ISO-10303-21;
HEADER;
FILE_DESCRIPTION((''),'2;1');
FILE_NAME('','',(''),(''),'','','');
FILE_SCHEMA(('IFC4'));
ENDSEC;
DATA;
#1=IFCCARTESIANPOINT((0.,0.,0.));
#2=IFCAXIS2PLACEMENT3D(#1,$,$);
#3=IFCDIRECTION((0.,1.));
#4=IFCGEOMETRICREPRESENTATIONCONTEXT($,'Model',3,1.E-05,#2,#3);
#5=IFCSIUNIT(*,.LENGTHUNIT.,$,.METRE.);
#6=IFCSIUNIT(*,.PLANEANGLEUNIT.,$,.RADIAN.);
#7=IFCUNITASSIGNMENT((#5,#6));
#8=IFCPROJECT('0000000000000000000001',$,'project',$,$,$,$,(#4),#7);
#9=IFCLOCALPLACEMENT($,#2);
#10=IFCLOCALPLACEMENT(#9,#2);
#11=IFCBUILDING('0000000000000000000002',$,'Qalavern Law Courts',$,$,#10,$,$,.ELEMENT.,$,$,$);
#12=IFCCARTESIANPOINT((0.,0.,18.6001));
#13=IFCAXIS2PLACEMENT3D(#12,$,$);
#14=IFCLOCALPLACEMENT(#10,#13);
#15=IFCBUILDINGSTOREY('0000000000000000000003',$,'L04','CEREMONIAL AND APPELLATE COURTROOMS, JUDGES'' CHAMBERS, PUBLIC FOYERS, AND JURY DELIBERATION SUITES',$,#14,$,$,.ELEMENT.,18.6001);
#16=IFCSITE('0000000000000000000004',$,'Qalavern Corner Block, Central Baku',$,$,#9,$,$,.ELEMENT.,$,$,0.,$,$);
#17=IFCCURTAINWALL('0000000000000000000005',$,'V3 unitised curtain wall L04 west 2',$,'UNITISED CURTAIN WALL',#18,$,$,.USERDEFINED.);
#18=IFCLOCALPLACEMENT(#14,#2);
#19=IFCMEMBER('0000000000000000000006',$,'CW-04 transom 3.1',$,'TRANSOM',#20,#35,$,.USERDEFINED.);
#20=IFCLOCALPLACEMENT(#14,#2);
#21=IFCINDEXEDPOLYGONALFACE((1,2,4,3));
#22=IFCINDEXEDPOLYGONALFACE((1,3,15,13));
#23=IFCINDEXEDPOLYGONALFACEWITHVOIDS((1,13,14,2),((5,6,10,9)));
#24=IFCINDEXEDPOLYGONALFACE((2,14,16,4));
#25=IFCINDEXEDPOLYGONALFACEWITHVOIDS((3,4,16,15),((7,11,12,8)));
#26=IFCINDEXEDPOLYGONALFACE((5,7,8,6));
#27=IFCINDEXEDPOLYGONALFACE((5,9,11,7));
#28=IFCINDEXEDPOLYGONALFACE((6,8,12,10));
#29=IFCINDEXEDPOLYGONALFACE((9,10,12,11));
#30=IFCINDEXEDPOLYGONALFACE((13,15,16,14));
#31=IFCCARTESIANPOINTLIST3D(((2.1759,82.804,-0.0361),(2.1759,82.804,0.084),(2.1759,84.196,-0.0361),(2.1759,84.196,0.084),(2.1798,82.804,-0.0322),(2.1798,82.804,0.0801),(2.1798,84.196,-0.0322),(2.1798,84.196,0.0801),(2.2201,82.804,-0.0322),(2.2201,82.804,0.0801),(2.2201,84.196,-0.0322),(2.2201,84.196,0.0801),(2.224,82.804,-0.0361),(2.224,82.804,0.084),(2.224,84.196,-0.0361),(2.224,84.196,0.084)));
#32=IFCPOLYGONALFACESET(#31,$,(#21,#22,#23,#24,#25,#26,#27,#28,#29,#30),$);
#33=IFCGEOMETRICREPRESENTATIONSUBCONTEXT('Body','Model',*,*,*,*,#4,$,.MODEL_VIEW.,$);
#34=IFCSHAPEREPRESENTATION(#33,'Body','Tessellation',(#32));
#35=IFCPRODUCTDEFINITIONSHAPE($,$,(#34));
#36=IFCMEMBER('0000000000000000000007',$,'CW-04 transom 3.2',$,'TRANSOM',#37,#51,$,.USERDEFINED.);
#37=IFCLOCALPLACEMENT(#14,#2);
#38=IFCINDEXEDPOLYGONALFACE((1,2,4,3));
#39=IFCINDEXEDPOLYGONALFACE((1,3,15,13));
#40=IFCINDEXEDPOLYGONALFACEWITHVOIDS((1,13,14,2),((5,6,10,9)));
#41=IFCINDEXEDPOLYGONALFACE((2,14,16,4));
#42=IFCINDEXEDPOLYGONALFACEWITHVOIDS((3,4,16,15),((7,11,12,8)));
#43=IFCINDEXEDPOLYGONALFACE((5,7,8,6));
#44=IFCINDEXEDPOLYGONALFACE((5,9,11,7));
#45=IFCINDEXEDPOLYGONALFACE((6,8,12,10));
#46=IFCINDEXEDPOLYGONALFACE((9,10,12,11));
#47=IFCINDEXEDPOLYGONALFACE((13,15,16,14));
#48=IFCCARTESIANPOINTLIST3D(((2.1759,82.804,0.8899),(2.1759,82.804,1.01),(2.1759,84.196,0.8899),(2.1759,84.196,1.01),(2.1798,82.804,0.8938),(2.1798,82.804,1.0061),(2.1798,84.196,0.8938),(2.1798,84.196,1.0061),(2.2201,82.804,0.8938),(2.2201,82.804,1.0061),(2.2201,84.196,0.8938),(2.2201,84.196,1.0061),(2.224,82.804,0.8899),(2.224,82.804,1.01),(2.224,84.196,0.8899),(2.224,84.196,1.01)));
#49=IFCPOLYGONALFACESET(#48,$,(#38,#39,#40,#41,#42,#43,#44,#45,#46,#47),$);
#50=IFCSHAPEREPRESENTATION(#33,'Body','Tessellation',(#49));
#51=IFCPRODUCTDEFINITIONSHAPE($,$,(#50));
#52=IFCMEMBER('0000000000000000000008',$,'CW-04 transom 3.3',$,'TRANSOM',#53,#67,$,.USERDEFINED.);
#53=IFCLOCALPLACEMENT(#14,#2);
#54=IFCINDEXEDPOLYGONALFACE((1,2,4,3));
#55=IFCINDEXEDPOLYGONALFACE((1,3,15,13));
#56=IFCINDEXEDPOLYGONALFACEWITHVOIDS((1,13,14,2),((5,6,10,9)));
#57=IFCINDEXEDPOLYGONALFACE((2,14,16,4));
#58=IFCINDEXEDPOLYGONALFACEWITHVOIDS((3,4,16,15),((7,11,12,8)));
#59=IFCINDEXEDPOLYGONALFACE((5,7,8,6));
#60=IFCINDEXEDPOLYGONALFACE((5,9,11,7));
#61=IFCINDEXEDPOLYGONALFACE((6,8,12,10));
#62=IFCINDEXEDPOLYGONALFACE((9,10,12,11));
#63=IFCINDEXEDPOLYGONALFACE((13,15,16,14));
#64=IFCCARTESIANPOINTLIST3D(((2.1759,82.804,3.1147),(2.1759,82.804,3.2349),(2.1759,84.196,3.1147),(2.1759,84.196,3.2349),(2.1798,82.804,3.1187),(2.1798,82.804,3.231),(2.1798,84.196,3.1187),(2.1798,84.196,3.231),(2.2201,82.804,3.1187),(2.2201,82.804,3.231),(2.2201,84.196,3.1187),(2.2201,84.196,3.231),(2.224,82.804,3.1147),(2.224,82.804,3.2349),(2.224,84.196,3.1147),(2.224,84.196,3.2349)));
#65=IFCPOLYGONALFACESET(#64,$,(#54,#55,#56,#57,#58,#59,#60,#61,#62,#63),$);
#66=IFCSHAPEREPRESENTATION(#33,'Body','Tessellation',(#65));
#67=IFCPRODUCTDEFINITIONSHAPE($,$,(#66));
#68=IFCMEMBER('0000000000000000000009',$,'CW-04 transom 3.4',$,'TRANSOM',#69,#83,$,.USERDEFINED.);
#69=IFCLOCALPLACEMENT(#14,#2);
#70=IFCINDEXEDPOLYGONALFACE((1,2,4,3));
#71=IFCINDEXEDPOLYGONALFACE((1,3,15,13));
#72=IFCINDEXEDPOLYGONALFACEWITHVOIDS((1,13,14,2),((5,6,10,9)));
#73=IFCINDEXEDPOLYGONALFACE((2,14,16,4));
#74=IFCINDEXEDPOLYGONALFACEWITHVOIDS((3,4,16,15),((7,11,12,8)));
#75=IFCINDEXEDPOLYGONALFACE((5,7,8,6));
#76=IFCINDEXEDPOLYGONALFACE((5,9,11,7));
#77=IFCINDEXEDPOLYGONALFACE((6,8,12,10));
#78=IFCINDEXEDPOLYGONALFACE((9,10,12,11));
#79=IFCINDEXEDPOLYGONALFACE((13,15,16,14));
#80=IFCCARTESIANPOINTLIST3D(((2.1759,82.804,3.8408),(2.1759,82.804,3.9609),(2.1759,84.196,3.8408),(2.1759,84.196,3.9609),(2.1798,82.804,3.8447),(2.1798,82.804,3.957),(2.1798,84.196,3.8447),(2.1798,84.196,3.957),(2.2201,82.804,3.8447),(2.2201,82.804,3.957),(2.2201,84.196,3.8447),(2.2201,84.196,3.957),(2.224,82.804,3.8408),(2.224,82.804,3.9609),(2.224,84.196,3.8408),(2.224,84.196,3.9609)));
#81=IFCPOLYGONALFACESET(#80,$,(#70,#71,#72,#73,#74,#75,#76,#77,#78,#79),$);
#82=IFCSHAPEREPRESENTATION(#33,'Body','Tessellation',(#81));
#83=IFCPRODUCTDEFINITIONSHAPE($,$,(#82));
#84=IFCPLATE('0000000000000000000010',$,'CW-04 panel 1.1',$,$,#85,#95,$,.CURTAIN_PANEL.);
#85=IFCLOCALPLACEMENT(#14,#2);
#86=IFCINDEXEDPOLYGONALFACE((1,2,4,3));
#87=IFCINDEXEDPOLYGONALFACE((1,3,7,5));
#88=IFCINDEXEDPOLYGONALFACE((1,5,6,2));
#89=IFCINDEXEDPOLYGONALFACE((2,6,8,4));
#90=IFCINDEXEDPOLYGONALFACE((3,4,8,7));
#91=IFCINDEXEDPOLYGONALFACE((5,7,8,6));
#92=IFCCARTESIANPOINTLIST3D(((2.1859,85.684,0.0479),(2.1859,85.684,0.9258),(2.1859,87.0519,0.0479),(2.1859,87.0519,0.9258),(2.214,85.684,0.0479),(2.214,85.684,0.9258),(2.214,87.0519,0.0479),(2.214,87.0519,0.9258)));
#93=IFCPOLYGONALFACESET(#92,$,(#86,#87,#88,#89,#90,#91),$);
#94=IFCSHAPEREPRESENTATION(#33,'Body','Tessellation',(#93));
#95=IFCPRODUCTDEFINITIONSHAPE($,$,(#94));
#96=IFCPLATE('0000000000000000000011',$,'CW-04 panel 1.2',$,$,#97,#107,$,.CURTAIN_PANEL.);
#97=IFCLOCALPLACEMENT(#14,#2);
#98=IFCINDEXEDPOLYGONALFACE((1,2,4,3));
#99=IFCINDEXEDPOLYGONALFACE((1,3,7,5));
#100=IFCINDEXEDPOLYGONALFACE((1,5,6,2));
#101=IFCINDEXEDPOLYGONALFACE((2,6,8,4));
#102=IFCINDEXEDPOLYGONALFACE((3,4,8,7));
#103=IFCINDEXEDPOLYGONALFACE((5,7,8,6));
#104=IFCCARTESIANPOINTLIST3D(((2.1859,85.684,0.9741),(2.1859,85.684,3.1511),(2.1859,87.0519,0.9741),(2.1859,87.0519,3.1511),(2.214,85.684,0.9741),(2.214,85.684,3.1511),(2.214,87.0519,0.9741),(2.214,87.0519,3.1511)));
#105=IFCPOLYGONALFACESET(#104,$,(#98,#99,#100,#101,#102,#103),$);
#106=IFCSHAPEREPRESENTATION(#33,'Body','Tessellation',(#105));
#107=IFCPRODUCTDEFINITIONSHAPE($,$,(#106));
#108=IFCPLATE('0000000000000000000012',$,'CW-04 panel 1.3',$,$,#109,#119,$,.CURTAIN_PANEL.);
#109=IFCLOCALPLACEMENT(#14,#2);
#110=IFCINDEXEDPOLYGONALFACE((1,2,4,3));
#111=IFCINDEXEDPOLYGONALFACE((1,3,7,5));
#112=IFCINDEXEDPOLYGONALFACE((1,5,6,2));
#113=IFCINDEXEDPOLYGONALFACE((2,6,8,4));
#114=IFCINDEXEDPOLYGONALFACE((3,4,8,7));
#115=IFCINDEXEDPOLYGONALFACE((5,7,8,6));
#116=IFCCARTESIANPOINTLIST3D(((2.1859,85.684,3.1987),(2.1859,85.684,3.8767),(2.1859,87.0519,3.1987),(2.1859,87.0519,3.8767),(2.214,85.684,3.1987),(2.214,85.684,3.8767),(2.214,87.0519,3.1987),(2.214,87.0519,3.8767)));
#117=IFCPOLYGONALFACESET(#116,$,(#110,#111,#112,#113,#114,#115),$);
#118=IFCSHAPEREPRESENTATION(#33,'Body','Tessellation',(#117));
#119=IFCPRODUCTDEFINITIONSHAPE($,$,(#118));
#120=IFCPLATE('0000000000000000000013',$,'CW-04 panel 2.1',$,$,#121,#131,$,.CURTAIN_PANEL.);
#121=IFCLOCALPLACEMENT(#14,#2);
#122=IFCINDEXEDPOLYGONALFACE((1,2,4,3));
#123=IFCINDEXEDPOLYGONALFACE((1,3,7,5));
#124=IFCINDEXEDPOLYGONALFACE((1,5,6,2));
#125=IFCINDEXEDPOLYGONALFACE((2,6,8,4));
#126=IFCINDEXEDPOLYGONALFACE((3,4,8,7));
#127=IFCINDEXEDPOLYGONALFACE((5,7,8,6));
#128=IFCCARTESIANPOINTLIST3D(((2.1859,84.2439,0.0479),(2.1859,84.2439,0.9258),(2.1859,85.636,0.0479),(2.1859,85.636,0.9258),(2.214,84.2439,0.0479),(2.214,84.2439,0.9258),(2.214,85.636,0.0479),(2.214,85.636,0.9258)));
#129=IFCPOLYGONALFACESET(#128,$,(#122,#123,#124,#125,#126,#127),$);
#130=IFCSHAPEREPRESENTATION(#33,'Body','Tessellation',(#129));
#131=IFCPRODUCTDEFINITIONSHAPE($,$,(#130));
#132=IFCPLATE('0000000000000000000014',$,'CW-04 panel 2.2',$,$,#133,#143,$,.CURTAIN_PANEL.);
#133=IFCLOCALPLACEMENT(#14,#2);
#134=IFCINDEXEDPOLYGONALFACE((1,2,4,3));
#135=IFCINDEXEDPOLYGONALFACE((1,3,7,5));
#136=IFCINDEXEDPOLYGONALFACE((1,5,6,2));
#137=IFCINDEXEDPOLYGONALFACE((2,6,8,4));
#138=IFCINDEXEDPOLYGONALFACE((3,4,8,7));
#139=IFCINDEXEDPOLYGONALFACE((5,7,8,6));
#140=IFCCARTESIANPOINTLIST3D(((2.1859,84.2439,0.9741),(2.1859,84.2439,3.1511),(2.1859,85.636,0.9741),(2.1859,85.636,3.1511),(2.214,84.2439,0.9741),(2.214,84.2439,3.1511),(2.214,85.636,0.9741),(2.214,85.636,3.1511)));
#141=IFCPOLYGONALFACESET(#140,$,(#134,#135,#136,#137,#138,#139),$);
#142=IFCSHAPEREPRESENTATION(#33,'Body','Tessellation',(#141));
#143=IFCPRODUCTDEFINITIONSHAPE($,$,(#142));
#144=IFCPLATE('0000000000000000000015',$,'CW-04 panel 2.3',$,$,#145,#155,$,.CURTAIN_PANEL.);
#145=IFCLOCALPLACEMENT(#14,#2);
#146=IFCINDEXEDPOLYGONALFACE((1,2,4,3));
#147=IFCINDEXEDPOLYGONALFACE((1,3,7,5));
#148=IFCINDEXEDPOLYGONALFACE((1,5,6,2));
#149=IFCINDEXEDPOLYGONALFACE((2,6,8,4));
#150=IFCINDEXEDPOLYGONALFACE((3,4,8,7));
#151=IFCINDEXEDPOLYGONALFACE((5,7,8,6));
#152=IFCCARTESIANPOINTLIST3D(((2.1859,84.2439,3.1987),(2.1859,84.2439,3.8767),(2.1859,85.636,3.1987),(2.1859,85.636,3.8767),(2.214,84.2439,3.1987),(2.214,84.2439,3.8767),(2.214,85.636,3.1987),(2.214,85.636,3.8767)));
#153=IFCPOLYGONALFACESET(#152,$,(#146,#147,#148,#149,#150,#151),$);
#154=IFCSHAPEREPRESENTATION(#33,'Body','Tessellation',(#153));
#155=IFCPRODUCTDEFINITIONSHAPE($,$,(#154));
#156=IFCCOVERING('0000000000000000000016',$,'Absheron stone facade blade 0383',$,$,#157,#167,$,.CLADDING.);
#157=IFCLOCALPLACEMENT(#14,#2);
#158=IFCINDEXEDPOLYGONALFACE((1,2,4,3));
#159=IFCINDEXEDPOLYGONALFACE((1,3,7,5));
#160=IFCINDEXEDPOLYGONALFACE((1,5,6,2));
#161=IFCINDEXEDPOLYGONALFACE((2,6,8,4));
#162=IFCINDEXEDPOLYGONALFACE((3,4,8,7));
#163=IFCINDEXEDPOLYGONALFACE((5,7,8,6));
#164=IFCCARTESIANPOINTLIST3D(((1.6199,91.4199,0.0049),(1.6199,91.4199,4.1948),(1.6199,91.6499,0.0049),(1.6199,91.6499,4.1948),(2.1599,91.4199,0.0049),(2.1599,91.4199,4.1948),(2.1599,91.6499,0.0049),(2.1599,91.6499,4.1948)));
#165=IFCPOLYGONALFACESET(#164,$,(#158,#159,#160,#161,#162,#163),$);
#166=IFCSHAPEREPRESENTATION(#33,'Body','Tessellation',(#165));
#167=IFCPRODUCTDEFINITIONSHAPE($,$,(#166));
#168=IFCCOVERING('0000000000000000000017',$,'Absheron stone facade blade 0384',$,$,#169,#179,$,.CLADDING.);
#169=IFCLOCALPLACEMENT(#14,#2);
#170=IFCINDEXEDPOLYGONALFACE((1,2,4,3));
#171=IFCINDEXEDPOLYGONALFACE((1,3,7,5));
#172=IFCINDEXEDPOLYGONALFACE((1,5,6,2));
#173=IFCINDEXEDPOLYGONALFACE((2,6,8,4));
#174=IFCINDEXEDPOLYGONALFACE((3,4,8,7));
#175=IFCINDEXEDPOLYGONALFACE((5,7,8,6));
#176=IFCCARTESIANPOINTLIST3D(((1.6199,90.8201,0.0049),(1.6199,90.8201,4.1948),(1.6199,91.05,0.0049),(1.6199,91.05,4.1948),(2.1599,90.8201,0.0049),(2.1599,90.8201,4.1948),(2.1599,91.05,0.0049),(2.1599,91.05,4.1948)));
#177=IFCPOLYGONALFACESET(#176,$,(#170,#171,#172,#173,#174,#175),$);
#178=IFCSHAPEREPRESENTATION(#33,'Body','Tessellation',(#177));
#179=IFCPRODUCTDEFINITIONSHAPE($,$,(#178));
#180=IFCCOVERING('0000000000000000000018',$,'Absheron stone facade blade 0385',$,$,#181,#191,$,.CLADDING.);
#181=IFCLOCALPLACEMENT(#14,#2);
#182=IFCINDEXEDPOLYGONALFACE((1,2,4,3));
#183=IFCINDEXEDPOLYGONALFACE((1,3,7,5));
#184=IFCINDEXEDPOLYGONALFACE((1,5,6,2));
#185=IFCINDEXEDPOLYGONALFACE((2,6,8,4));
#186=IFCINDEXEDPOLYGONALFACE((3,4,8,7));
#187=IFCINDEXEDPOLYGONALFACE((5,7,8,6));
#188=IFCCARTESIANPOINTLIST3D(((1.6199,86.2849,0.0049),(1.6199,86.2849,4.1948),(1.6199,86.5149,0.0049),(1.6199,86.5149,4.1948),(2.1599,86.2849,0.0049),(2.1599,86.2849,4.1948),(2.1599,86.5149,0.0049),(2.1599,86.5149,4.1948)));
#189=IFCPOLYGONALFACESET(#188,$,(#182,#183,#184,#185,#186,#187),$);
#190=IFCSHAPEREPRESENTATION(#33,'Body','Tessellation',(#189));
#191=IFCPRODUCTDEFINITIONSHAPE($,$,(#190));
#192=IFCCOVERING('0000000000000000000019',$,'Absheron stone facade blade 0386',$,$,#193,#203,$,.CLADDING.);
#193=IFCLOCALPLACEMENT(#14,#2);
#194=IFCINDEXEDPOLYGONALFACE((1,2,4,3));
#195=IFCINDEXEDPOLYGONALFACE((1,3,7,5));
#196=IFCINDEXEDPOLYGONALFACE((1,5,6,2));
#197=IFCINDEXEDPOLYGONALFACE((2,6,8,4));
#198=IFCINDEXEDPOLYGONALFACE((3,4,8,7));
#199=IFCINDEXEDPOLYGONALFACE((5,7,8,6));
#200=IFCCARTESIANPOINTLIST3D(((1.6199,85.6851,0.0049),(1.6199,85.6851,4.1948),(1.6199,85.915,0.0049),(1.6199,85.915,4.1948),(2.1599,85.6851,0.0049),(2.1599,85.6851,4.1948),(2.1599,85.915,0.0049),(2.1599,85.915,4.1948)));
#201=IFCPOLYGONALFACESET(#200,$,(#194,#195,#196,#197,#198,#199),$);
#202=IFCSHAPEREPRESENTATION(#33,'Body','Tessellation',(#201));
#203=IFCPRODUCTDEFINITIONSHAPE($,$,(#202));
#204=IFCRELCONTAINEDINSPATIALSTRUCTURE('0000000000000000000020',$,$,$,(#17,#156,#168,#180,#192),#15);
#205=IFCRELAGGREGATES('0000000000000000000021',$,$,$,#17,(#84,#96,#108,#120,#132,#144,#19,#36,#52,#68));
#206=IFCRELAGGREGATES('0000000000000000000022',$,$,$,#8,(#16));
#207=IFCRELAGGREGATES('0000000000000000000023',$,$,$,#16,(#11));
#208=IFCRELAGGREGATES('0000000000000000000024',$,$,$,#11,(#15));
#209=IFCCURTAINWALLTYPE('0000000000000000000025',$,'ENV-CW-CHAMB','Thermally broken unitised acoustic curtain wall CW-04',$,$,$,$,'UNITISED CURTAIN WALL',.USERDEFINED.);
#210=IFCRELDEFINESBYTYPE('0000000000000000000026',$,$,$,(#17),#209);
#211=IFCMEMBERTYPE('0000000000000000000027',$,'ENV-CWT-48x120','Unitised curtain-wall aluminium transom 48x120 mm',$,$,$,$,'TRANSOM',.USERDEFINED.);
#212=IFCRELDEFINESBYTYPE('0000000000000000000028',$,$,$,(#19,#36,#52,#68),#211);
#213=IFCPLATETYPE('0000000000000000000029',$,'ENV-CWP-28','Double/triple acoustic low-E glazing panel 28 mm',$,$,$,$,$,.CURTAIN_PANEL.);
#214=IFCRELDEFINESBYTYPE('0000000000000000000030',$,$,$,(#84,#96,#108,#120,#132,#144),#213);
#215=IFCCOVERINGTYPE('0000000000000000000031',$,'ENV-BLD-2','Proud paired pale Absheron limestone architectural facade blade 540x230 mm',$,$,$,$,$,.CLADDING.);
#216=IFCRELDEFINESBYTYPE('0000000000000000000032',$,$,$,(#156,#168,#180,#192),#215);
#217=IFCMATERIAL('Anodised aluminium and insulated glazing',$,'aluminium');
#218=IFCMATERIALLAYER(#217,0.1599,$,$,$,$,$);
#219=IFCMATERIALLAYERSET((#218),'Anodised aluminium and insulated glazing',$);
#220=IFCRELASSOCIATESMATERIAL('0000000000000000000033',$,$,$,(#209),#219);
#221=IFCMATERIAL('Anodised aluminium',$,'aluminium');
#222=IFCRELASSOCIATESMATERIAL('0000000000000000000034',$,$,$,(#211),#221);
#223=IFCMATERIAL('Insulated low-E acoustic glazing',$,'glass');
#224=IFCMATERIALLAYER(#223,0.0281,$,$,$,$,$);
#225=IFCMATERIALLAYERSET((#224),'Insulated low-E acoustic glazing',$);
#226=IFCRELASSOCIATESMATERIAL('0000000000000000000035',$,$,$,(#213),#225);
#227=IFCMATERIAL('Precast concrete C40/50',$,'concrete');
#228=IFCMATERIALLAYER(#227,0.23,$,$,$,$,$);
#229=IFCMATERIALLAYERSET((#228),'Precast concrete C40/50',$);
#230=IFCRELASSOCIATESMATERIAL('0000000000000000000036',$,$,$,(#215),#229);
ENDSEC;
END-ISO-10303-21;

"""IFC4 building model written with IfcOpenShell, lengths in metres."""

from ifc_helpers import new_model, si_unit, direction, frame, origin, origin_2d, place, context, subcontext, project, spatial, rectangle, hollow_rectangle, extrude, material, layer, layer_set, material_profile, profile_set, type_object, element, aggregate, save


model = new_model("IFC4")

# Units and contexts
model_context = context("Model", 3, precision=1e-05, world=origin(), true_north=direction((0.0, 1.0)))
body_context = subcontext(model_context, "Body", "Model", "MODEL_VIEW")
ifc_project = project(units=[si_unit("LENGTHUNIT", "METRE"), si_unit("PLANEANGLEUNIT", "RADIAN")], contexts=[model_context])

# Site, building, storey
site_placement = place(None, origin())
site = spatial("IfcSite", under=ifc_project, at=site_placement, Name="Qalavern Corner Block, Central Baku", CompositionType="ELEMENT", RefElevation=0.0)
building_placement = place(site_placement, origin())
building = spatial("IfcBuilding", under=site, at=building_placement, Name="Qalavern Law Courts", CompositionType="ELEMENT")
storey_placement = place(building_placement, frame((0.0, 0.0, 18.6001)))
storey = spatial("IfcBuildingStorey", under=building, at=storey_placement, Name="L04", Description="CEREMONIAL AND APPELLATE COURTROOMS, JUDGES' CHAMBERS, PUBLIC FOYERS, AND JURY DELIBERATION SUITES", CompositionType="ELEMENT", Elevation=18.6001)

# Curtain wall, members, plates
ifc_material_1 = material(Name="Anodised aluminium and insulated glazing", Category="aluminium")
ifc_layer_1 = layer(ifc_material_1, 0.1599)
ifc_layer_set_1 = layer_set([ifc_layer_1], Name="Anodised aluminium and insulated glazing")
curtain_wall_type = type_object("IfcCurtainWallType", Name="ENV-CW-CHAMB", Description="Thermally broken unitised acoustic curtain wall CW-04", ElementType="UNITISED CURTAIN WALL", PredefinedType="USERDEFINED", material=ifc_layer_set_1)
curtain_wall_placement = place(storey_placement, origin())
curtain_wall = element("IfcCurtainWall", 1, at=curtain_wall_placement, inside=storey, type_object=curtain_wall_type, Name="V3 unitised curtain wall L04 west 2", ObjectType="UNITISED CURTAIN WALL", PredefinedType="USERDEFINED")
ifc_material_2 = material(Name="Anodised aluminium", Category="aluminium")
ifc_material_profile_1 = material_profile(ifc_material_2, hollow_rectangle(XDim=0.0481, YDim=0.1201, WallThickness=0.0039, at=origin_2d()), Name="ALU TRANSOM 48x120")
ifc_profile_set_1 = profile_set([ifc_material_profile_1], Name="Anodised aluminium")
member_type_1 = type_object("IfcMemberType", Name="ENV-CWT-48x120", Description="Unitised curtain-wall aluminium transom 48x120 mm", ElementType="TRANSOM", PredefinedType="USERDEFINED", material=ifc_profile_set_1)
member_1_placement = place(storey_placement, frame((2.2, 84.196, 0.0239), z_axis=(0.0, -1.0, 0.0), x_axis=(1.0, 0.0, 0.0)))
member_1 = element("IfcMember", 2, at=member_1_placement, type_object=member_type_1, Name="CW-04 transom 3.1", ObjectType="TRANSOM", PredefinedType="USERDEFINED", context=body_context, shape_type="SweptSolid", body=[
    extrude(hollow_rectangle(XDim=0.0481, YDim=0.1201, WallThickness=0.0039, at=origin_2d()), origin(), (0.0, 0.0, 1.0), 1.3921),
])
member_2_placement = place(storey_placement, frame((2.2, 84.196, 0.95), z_axis=(0.0, -1.0, 0.0), x_axis=(1.0, 0.0, 0.0)))
member_2 = element("IfcMember", 3, at=member_2_placement, type_object=member_type_1, Name="CW-04 transom 3.2", ObjectType="TRANSOM", PredefinedType="USERDEFINED", context=body_context, shape_type="SweptSolid", body=[
    extrude(hollow_rectangle(XDim=0.0481, YDim=0.1201, WallThickness=0.0039, at=origin_2d()), origin(), (0.0, 0.0, 1.0), 1.3921),
])
member_3_placement = place(storey_placement, frame((2.2, 84.196, 3.1748), z_axis=(0.0, -1.0, 0.0), x_axis=(1.0, 0.0, 0.0)))
member_3 = element("IfcMember", 4, at=member_3_placement, type_object=member_type_1, Name="CW-04 transom 3.3", ObjectType="TRANSOM", PredefinedType="USERDEFINED", context=body_context, shape_type="SweptSolid", body=[
    extrude(hollow_rectangle(XDim=0.0481, YDim=0.1201, WallThickness=0.0039, at=origin_2d()), origin(), (0.0, 0.0, 1.0), 1.3921),
])
member_4_placement = place(storey_placement, frame((2.2, 84.196, 3.9009), z_axis=(0.0, -1.0, 0.0), x_axis=(1.0, 0.0, 0.0)))
member_4 = element("IfcMember", 5, at=member_4_placement, type_object=member_type_1, Name="CW-04 transom 3.4", ObjectType="TRANSOM", PredefinedType="USERDEFINED", context=body_context, shape_type="SweptSolid", body=[
    extrude(hollow_rectangle(XDim=0.0481, YDim=0.1201, WallThickness=0.0039, at=origin_2d()), origin(), (0.0, 0.0, 1.0), 1.3921),
])
ifc_material_3 = material(Name="Insulated low-E acoustic glazing", Category="glass")
ifc_layer_2 = layer(ifc_material_3, 0.0281)
ifc_layer_set_2 = layer_set([ifc_layer_2], Name="Insulated low-E acoustic glazing")
plate_type = type_object("IfcPlateType", Name="ENV-CWP-28", Description="Double/triple acoustic low-E glazing panel 28 mm", PredefinedType="CURTAIN_PANEL", material=ifc_layer_set_2)
plate_1_placement = place(storey_placement, frame((2.2, 86.3679, 0.0479), z_axis=(0.0, 0.0, 1.0), x_axis=(0.0, -1.0, 0.0)))
plate_1 = element("IfcPlate", 6, at=plate_1_placement, type_object=plate_type, Name="CW-04 panel 1.1", PredefinedType="CURTAIN_PANEL", context=body_context, shape_type="SweptSolid", body=[
    extrude(rectangle(XDim=1.3679, YDim=0.0281, at=origin_2d()), origin(), (0.0, 0.0, 1.0), 0.8779),
])
plate_2_placement = place(storey_placement, frame((2.2, 86.3679, 0.9741), z_axis=(0.0, 0.0, 1.0), x_axis=(0.0, -1.0, 0.0)))
plate_2 = element("IfcPlate", 7, at=plate_2_placement, type_object=plate_type, Name="CW-04 panel 1.2", PredefinedType="CURTAIN_PANEL", context=body_context, shape_type="SweptSolid", body=[
    extrude(rectangle(XDim=1.3679, YDim=0.0281, at=origin_2d()), origin(), (0.0, 0.0, 1.0), 2.177),
])
plate_3_placement = place(storey_placement, frame((2.2, 86.3679, 3.1987), z_axis=(0.0, 0.0, 1.0), x_axis=(0.0, -1.0, 0.0)))
plate_3 = element("IfcPlate", 8, at=plate_3_placement, type_object=plate_type, Name="CW-04 panel 1.3", PredefinedType="CURTAIN_PANEL", context=body_context, shape_type="SweptSolid", body=[
    extrude(rectangle(XDim=1.3679, YDim=0.0281, at=origin_2d()), origin(), (0.0, 0.0, 1.0), 0.678),
])
plate_4_placement = place(storey_placement, frame((2.2, 84.9399, 0.0479), z_axis=(0.0, 0.0, 1.0), x_axis=(0.0, -1.0, 0.0)))
plate_4 = element("IfcPlate", 9, at=plate_4_placement, type_object=plate_type, Name="CW-04 panel 2.1", PredefinedType="CURTAIN_PANEL", context=body_context, shape_type="SweptSolid", body=[
    extrude(rectangle(XDim=1.3921, YDim=0.0281, at=origin_2d()), origin(), (0.0, 0.0, 1.0), 0.8779),
])
plate_5_placement = place(storey_placement, frame((2.2, 84.9399, 0.9741), z_axis=(0.0, 0.0, 1.0), x_axis=(0.0, -1.0, 0.0)))
plate_5 = element("IfcPlate", 10, at=plate_5_placement, type_object=plate_type, Name="CW-04 panel 2.2", PredefinedType="CURTAIN_PANEL", context=body_context, shape_type="SweptSolid", body=[
    extrude(rectangle(XDim=1.3921, YDim=0.0281, at=origin_2d()), origin(), (0.0, 0.0, 1.0), 2.177),
])
plate_6_placement = place(storey_placement, frame((2.2, 84.9399, 3.1987), z_axis=(0.0, 0.0, 1.0), x_axis=(0.0, -1.0, 0.0)))
plate_6 = element("IfcPlate", 11, at=plate_6_placement, type_object=plate_type, Name="CW-04 panel 2.3", PredefinedType="CURTAIN_PANEL", context=body_context, shape_type="SweptSolid", body=[
    extrude(rectangle(XDim=1.3921, YDim=0.0281, at=origin_2d()), origin(), (0.0, 0.0, 1.0), 0.678),
])
aggregate(curtain_wall, [plate_1, plate_2, plate_3, plate_4, plate_5, plate_6, member_1, member_2, member_3, member_4])

# Coverings
ifc_material_4 = material(Name="Precast concrete C40/50", Category="concrete")
ifc_layer_3 = layer(ifc_material_4, 0.23)
ifc_layer_set_3 = layer_set([ifc_layer_3], Name="Precast concrete C40/50")
covering_type_1 = type_object("IfcCoveringType", Name="ENV-BLD-2", Description="Proud paired pale Absheron limestone architectural facade blade 540x230 mm", PredefinedType="CLADDING", material=ifc_layer_set_3)
for number, where, z_axis, x_axis, name in (
    (12, (1.8899, 91.5349, 0.0049), (0.0, 0.0, 1.0), (-1.0, 0.0, 0.0), "Absheron stone facade blade 0383"),
    (13, (1.8899, 90.9351, 0.0049), (0.0, 0.0, 1.0), (-1.0, 0.0, 0.0), "Absheron stone facade blade 0384"),
    (14, (1.8899, 86.3999, 0.0049), (0.0, 0.0, 1.0), (-1.0, 0.0, 0.0), "Absheron stone facade blade 0385"),
    (15, (1.8899, 85.8, 0.0049), (0.0, 0.0, 1.0), (-1.0, 0.0, 0.0), "Absheron stone facade blade 0386"),
):
    element("IfcCovering", number, at=place(storey_placement, frame(where, z_axis=z_axis, x_axis=x_axis)), inside=storey, type_object=covering_type_1, Name=name, PredefinedType="CLADDING", context=body_context, shape_type="SweptSolid", body=[
        extrude(rectangle(XDim=0.54, YDim=0.23, at=origin_2d()), origin(), (0.0, 0.0, 1.0), 4.1899),
    ])

save(model, "model.ifc")
